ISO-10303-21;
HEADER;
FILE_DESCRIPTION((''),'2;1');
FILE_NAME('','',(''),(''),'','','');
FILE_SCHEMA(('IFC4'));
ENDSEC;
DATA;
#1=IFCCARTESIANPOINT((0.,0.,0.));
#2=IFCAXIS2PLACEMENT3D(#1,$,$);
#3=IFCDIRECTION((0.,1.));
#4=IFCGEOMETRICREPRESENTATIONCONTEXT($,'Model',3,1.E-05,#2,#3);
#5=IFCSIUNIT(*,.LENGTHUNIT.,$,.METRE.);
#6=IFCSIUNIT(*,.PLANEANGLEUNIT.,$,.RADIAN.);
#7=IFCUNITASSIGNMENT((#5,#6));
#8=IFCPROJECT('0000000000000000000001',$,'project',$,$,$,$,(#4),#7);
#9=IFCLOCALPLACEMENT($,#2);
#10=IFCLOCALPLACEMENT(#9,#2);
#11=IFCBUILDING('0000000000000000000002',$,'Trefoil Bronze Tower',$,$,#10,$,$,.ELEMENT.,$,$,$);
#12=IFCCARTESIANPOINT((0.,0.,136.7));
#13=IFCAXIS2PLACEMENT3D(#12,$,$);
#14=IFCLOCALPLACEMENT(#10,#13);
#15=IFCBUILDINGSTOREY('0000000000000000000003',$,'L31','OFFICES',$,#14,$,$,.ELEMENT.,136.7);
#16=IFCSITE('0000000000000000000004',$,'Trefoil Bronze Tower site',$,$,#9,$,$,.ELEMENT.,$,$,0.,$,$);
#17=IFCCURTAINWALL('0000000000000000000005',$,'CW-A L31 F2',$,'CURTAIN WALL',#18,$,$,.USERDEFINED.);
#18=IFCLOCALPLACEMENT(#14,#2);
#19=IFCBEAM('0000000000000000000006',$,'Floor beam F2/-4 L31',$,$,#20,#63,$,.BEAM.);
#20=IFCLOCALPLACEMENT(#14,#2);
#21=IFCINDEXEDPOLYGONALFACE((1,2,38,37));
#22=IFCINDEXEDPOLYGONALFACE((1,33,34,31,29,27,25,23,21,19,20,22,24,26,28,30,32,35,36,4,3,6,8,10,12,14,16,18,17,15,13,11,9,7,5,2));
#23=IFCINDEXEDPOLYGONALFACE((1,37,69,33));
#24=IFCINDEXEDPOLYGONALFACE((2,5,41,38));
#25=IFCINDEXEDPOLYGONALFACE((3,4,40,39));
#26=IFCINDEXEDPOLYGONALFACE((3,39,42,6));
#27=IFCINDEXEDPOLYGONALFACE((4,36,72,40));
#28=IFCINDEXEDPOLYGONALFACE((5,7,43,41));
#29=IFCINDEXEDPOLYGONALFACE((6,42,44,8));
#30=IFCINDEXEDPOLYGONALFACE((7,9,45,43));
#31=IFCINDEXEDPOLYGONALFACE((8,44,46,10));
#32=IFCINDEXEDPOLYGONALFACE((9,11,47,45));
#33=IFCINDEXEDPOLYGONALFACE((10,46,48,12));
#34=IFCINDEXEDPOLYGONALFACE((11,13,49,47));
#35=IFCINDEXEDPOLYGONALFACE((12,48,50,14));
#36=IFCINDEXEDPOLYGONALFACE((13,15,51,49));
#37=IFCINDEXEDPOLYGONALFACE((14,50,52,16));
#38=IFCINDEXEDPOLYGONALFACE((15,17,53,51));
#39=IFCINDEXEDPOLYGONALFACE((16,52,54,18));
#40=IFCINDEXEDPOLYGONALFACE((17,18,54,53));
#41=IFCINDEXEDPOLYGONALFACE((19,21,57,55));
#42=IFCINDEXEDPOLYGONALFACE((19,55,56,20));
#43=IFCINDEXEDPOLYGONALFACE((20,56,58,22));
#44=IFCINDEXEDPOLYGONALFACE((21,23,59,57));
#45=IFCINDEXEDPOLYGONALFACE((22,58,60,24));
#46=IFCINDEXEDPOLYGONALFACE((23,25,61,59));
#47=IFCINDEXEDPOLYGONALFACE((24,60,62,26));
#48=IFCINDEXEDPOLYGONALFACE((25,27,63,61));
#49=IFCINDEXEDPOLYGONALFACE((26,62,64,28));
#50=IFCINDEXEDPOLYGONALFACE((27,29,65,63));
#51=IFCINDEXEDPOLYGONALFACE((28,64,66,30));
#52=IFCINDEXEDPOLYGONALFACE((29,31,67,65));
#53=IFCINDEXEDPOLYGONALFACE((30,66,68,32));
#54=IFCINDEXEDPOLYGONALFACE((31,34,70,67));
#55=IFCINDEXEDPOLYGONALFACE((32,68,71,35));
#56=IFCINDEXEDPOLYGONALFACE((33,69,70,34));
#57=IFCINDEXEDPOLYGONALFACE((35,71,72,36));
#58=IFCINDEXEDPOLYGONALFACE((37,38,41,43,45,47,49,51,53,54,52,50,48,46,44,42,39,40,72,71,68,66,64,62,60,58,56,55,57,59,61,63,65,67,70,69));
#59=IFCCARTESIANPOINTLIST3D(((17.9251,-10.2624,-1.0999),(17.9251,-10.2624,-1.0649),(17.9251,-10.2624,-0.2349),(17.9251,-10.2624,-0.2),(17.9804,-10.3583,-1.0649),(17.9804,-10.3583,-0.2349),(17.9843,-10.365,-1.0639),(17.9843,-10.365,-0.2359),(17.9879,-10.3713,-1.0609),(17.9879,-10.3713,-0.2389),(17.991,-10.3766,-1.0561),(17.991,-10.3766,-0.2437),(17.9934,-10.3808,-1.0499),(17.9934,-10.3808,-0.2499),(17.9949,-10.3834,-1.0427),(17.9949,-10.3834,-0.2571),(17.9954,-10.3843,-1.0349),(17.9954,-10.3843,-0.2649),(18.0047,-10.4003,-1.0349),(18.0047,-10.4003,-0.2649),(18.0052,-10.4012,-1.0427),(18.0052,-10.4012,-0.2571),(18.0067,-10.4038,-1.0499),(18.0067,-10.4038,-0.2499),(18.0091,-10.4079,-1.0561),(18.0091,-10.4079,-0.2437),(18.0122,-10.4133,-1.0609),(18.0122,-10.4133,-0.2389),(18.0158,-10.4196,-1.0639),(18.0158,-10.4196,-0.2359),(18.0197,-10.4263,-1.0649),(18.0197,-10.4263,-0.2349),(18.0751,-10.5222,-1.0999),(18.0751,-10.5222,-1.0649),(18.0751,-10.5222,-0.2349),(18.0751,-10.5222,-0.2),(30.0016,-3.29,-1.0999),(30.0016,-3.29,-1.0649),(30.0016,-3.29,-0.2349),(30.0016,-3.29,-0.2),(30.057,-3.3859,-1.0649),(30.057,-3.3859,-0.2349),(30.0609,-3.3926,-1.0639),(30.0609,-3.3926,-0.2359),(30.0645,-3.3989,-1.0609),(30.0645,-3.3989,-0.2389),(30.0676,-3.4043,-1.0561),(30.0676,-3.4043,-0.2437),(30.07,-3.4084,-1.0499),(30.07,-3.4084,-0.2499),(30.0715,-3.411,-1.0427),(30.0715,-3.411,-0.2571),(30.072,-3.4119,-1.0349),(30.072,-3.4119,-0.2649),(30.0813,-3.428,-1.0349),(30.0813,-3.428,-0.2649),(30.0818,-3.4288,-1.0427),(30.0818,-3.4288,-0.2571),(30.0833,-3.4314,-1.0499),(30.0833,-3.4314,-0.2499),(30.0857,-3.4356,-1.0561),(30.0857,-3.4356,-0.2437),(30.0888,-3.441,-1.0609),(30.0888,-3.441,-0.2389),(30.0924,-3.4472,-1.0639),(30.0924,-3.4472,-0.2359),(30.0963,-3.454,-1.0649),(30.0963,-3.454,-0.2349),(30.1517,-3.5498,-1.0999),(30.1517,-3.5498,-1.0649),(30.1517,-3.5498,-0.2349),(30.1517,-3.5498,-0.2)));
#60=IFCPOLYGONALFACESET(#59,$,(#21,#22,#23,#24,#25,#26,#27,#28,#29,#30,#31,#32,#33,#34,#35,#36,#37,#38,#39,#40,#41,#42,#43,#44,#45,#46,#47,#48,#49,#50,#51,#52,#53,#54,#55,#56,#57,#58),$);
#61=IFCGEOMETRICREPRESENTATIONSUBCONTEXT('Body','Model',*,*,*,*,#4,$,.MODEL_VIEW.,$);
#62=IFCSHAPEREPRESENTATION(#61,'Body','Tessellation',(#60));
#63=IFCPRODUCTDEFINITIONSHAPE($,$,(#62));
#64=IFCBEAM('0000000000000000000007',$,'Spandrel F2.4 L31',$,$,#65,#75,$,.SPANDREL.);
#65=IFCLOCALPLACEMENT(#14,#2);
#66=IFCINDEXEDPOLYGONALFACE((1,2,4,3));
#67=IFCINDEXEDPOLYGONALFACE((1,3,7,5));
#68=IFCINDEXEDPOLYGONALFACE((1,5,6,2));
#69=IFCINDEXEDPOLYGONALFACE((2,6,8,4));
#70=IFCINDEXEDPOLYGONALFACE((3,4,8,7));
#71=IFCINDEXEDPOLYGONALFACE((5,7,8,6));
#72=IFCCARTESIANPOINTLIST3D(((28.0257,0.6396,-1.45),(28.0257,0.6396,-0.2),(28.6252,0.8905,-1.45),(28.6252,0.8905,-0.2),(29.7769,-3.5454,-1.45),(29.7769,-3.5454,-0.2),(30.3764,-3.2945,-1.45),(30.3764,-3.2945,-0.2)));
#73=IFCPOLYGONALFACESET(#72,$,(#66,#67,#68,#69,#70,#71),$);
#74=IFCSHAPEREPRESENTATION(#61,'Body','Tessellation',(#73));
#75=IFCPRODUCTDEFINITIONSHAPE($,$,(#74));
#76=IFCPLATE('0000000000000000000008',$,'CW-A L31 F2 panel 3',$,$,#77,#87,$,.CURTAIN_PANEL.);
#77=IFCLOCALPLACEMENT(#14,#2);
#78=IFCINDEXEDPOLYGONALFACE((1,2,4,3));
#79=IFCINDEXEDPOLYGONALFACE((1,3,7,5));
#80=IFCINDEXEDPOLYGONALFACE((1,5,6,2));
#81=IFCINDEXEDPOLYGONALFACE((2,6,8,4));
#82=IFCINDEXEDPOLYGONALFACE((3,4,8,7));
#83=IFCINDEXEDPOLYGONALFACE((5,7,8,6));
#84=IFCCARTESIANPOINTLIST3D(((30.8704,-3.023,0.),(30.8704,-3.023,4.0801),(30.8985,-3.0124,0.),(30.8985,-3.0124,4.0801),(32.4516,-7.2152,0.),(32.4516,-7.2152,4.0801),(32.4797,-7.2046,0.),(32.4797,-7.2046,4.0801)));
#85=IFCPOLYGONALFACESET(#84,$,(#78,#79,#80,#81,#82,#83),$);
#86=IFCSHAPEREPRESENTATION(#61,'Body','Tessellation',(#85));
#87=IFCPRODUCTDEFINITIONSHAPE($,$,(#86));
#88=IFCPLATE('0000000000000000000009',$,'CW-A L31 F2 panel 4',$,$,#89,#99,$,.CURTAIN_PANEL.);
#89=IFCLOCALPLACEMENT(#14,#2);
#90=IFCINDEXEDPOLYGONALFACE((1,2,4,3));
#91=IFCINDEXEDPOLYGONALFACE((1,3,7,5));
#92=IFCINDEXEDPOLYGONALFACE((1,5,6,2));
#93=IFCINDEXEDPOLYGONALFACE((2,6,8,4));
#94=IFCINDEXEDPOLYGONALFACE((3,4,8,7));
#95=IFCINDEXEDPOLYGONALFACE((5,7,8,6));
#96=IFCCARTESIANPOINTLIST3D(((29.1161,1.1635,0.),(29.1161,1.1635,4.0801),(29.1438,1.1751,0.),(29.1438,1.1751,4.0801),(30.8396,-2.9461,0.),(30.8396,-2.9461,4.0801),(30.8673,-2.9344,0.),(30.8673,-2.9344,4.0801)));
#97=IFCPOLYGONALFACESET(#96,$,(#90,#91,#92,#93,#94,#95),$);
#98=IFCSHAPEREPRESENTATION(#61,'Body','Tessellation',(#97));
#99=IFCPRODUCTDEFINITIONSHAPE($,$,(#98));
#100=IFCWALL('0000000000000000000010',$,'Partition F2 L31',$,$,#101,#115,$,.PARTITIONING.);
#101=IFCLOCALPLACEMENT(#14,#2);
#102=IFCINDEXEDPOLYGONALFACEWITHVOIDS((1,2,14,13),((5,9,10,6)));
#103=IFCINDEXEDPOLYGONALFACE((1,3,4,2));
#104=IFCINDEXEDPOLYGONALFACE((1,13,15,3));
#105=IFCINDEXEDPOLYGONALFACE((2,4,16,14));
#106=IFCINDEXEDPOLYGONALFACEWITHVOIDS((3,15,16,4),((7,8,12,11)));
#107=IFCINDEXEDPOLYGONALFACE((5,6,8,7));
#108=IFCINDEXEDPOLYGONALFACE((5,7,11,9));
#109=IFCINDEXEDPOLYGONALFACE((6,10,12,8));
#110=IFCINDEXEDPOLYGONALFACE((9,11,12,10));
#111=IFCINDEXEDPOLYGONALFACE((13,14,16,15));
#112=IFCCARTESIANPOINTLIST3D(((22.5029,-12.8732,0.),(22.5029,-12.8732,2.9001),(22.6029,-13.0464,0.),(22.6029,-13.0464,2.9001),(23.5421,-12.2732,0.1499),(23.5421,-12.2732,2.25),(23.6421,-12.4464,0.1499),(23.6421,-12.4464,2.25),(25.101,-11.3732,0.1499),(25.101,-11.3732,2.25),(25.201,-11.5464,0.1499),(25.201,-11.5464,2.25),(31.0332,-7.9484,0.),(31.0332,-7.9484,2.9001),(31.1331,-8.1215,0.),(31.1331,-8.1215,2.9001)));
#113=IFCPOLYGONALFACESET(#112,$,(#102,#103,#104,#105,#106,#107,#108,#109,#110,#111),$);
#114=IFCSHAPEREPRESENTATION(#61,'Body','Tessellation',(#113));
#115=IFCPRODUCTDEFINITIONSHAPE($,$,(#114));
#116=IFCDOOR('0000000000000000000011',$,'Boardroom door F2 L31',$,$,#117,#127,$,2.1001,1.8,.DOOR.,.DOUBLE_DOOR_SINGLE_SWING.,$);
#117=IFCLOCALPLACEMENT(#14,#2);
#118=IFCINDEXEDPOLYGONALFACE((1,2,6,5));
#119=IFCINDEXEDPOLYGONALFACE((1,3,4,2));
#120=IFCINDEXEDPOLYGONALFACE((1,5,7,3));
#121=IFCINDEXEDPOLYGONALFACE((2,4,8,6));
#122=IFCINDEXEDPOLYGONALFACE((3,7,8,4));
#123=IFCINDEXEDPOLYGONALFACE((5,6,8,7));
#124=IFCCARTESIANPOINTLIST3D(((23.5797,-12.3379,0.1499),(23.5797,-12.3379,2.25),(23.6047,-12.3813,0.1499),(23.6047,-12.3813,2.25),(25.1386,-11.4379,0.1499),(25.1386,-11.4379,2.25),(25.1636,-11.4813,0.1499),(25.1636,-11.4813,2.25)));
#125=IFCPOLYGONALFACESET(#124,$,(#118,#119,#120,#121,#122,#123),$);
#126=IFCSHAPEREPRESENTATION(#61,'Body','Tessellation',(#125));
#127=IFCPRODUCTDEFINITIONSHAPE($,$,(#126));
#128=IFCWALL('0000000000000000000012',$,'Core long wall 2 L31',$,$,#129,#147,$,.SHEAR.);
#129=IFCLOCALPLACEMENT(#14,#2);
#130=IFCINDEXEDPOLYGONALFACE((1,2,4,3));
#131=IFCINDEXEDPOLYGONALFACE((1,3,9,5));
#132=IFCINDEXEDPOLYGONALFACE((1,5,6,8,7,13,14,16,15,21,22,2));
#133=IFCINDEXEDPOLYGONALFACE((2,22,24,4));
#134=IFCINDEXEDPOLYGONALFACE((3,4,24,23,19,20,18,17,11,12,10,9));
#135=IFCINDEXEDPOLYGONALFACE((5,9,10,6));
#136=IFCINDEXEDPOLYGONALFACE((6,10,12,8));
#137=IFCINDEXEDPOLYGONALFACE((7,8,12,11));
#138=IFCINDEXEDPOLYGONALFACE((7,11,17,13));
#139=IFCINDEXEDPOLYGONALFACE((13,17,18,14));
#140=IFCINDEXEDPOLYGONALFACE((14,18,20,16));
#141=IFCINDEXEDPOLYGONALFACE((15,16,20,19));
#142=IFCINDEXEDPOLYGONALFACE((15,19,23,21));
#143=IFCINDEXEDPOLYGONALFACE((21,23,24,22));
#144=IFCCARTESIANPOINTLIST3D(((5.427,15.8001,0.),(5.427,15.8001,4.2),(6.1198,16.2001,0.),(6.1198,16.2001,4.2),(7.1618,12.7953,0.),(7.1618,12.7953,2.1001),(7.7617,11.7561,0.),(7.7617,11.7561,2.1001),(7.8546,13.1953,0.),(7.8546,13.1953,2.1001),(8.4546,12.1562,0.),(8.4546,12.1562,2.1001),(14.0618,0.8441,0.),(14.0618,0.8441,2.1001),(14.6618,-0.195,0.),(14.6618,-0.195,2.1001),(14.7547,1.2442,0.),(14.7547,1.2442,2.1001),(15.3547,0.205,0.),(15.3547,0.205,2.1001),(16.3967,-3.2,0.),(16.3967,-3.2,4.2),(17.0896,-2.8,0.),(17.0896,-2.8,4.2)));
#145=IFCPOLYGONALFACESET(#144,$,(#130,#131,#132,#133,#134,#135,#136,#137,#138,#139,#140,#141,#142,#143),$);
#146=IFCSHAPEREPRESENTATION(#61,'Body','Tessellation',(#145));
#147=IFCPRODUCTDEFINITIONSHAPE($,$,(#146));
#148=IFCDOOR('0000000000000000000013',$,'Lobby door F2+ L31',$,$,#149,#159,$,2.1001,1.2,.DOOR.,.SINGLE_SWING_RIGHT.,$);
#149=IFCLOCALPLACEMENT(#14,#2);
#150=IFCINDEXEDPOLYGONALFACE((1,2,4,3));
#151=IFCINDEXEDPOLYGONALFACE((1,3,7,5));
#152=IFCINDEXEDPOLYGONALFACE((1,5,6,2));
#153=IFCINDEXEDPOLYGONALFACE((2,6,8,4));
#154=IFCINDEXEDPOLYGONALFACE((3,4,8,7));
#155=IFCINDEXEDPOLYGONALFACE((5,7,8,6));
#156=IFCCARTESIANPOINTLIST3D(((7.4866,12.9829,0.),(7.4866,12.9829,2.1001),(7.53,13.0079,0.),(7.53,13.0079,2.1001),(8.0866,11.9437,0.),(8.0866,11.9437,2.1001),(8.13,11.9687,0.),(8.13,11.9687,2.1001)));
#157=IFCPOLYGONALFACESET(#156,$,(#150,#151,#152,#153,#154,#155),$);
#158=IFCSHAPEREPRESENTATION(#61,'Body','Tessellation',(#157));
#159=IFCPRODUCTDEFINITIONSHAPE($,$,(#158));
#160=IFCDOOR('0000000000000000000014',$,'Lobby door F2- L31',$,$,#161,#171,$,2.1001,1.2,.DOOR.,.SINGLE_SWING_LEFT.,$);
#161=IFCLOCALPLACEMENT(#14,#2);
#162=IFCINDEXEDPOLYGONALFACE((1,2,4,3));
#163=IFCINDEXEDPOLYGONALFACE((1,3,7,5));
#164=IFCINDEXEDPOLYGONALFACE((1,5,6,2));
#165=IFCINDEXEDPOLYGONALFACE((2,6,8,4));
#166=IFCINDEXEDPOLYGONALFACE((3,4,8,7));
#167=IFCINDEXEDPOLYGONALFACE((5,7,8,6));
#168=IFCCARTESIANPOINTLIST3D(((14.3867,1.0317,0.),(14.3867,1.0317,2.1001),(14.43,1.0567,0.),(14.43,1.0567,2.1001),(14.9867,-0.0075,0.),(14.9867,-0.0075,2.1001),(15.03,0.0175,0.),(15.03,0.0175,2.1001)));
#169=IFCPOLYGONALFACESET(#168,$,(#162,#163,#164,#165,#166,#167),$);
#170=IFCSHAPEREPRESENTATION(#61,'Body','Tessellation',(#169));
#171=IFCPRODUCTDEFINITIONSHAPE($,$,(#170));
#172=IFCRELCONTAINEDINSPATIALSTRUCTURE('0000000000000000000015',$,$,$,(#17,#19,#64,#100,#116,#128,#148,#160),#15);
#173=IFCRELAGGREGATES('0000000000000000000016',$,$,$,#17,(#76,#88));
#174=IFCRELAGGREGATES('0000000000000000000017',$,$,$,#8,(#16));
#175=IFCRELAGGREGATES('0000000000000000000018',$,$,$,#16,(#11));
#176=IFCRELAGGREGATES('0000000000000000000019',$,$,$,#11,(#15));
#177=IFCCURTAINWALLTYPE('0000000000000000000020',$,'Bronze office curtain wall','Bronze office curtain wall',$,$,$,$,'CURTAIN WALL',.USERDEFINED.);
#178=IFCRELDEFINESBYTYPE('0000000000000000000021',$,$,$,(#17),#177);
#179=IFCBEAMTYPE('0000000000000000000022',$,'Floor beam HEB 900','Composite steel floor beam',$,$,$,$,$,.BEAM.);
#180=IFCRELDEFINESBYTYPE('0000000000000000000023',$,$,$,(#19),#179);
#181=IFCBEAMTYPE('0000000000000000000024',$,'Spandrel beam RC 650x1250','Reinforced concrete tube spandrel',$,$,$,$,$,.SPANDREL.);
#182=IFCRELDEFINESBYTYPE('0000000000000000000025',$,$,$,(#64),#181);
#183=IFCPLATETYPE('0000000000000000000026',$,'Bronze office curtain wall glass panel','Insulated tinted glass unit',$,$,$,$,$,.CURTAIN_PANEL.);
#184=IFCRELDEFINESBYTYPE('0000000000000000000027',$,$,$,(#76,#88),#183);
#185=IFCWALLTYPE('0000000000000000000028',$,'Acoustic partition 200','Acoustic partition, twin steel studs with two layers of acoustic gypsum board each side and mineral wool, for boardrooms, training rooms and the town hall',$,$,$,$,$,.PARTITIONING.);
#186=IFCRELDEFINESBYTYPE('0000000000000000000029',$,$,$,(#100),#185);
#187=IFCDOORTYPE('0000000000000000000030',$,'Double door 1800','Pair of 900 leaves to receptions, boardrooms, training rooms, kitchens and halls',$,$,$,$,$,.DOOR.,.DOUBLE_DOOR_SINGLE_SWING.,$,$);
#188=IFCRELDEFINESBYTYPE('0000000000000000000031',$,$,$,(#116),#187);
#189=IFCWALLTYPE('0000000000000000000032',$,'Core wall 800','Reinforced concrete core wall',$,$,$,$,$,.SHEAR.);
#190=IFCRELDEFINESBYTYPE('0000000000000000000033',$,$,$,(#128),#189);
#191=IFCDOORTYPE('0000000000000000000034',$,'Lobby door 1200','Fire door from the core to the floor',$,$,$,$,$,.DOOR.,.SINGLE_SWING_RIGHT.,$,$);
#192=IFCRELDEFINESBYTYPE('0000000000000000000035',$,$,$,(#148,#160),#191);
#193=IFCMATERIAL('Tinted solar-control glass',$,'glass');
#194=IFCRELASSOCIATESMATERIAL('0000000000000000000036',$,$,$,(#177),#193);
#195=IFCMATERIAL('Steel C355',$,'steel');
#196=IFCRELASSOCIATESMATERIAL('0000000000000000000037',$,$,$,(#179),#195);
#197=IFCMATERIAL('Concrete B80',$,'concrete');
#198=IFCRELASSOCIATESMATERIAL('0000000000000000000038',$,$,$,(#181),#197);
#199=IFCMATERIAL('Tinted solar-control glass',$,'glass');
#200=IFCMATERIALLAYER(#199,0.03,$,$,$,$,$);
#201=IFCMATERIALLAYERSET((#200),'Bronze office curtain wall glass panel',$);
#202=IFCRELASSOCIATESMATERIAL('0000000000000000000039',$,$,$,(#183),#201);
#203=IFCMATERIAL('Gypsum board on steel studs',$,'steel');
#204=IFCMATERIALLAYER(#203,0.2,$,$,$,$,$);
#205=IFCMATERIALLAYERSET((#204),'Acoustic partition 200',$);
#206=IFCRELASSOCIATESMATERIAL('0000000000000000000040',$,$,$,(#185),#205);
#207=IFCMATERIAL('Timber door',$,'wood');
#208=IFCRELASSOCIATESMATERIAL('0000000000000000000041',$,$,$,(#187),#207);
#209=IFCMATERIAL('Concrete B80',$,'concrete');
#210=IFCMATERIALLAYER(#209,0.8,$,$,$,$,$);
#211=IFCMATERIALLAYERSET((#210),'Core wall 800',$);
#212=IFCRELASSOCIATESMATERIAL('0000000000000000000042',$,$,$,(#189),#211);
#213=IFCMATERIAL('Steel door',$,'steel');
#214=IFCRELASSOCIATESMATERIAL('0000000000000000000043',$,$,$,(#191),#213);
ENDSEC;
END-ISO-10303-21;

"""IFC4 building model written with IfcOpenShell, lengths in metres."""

from ifc_helpers import new_model, si_unit, direction, frame, frame_2d, origin, origin_2d, place, context, subcontext, project, spatial, rectangle, i_section, extrude, material, layer, layer_set, material_profile, profile_set, type_object, element, fill, aggregate, save


model = new_model("IFC4")

# Units and contexts
model_context = context("Model", 3, precision=1e-05, world=origin(), true_north=direction((0.0, 1.0)))
body_context = subcontext(model_context, "Body", "Model", "MODEL_VIEW")
ifc_project = project(units=[si_unit("LENGTHUNIT", "METRE"), si_unit("PLANEANGLEUNIT", "RADIAN")], contexts=[model_context])

# Site, building, storey
site_placement = place(None, origin())
site = spatial("IfcSite", under=ifc_project, at=site_placement, Name="Trefoil Bronze Tower site", CompositionType="ELEMENT", RefElevation=0.0)
building_placement = place(site_placement, origin())
building = spatial("IfcBuilding", under=site, at=building_placement, Name="Trefoil Bronze Tower", CompositionType="ELEMENT")
storey_placement = place(building_placement, frame((0.0, 0.0, 136.7)))
storey = spatial("IfcBuildingStorey", under=building, at=storey_placement, Name="L31", Description="OFFICES", CompositionType="ELEMENT", Elevation=136.7)

# Curtain wall
ifc_material_1 = material(Name="Tinted solar-control glass", Category="glass")
curtain_wall_type = type_object("IfcCurtainWallType", Name="Bronze office curtain wall", Description="Bronze office curtain wall", ElementType="CURTAIN WALL", PredefinedType="USERDEFINED", material=ifc_material_1)
curtain_wall_placement = place(storey_placement, origin())
curtain_wall = element("IfcCurtainWall", 1, at=curtain_wall_placement, inside=storey, type_object=curtain_wall_type, Name="CW-A L31 F2", ObjectType="CURTAIN WALL", PredefinedType="USERDEFINED")

# Beams
ifc_material_2 = material(Name="Steel C355", Category="steel")
ifc_material_profile_1 = material_profile(ifc_material_2, i_section(OverallWidth=0.3, OverallDepth=0.8999, WebThickness=0.0186, FlangeThickness=0.0349, FilletRadius=0.03, at=origin_2d()), Name="HEB 900")
ifc_profile_set_1 = profile_set([ifc_material_profile_1], Name="Steel C355")
beam_type_1 = type_object("IfcBeamType", Name="Floor beam HEB 900", Description="Composite steel floor beam", PredefinedType="BEAM", material=ifc_profile_set_1)
beam_1_placement = place(storey_placement, frame((30.0767, -3.4199, -0.6499), z_axis=(-0.866027, -0.499997, 0.0), x_axis=(0.499997, -0.866027, 0.0)))
element("IfcBeam", 2, at=beam_1_placement, inside=storey, type_object=beam_type_1, Name="Floor beam F2/-4 L31", PredefinedType="BEAM", context=body_context, shape_type="SweptSolid", body=[
    extrude(i_section(OverallWidth=0.3, OverallDepth=0.8999, WebThickness=0.0186, FlangeThickness=0.0349, FilletRadius=0.03, at=origin_2d()), origin(), (0.0, 0.0, 1.0), 13.9448),
])
ifc_material_3 = material(Name="Concrete B80", Category="concrete")
ifc_material_profile_2 = material_profile(ifc_material_3, rectangle(XDim=0.6499, YDim=1.25, at=origin_2d()), Name="RC 650x1250")
ifc_profile_set_2 = profile_set([ifc_material_profile_2], Name="Concrete B80")
beam_type_2 = type_object("IfcBeamType", Name="Spandrel beam RC 650x1250", Description="Reinforced concrete tube spandrel", PredefinedType="SPANDREL", material=ifc_profile_set_2)
beam_2_placement = place(storey_placement, frame((30.0767, -3.4199, -0.825), z_axis=(-0.386013, 0.922493, 0.0), x_axis=(-0.922493, -0.386013, 0.0)))
element("IfcBeam", 3, at=beam_2_placement, inside=storey, type_object=beam_type_2, Name="Spandrel F2.4 L31", PredefinedType="SPANDREL", context=body_context, shape_type="SweptSolid", body=[
    extrude(rectangle(XDim=0.6499, YDim=1.25, at=origin_2d()), origin(), (0.0, 0.0, 1.0), 4.5366),
])

# Plates
ifc_material_4 = material(Name="Tinted solar-control glass", Category="glass")
ifc_layer_1 = layer(ifc_material_4, 0.03)
ifc_layer_set_1 = layer_set([ifc_layer_1], Name="Bronze office curtain wall glass panel")
plate_type = type_object("IfcPlateType", Name="Bronze office curtain wall glass panel", Description="Insulated tinted glass unit", PredefinedType="CURTAIN_PANEL", material=ifc_layer_set_1)
plate_1_placement = place(storey_placement, frame((31.675, -5.1138, 0.0), z_axis=(0.0, 0.0, 1.0), x_axis=(-0.35292, 0.935654, 0.0)))
plate_1 = element("IfcPlate", 4, at=plate_1_placement, type_object=plate_type, Name="CW-A L31 F2 panel 3", PredefinedType="CURTAIN_PANEL", context=body_context, shape_type="SweptSolid", body=[
    extrude(rectangle(XDim=4.4805, YDim=0.03, at=origin_2d()), origin(), (0.0, 0.0, 1.0), 4.0801),
])
plate_2_placement = place(storey_placement, frame((29.9917, -0.8855, 0.0), z_axis=(0.0, 0.0, 1.0), x_axis=(-0.386759, 0.922181, 0.0)))
plate_2 = element("IfcPlate", 5, at=plate_2_placement, type_object=plate_type, Name="CW-A L31 F2 panel 4", PredefinedType="CURTAIN_PANEL", context=body_context, shape_type="SweptSolid", body=[
    extrude(rectangle(XDim=4.4563, YDim=0.03, at=origin_2d()), origin(), (0.0, 0.0, 1.0), 4.0801),
])
aggregate(curtain_wall, [plate_1, plate_2])

# Wall, opening, door
ifc_material_5 = material(Name="Gypsum board on steel studs", Category="steel")
ifc_layer_2 = layer(ifc_material_5, 0.2)
ifc_layer_set_2 = layer_set([ifc_layer_2], Name="Acoustic partition 200")
wall_type_1 = type_object("IfcWallType", Name="Acoustic partition 200", Description="Acoustic partition, twin steel studs with two layers of acoustic gypsum board each side and mineral wool, for boardrooms, training rooms and the town hall", PredefinedType="PARTITIONING", material=ifc_layer_set_2)
wall_1_placement = place(storey_placement, frame((22.553, -12.9597, 0.0), z_axis=(0.0, 0.0, 1.0), x_axis=(0.866032, 0.499989, 0.0)))
wall_1 = element("IfcWall", 6, at=wall_1_placement, inside=storey, type_object=wall_type_1, Name="Partition F2 L31", PredefinedType="PARTITIONING", context=body_context, shape_type="SweptSolid", body=[
    extrude(rectangle(XDim=9.8499, YDim=0.2, at=frame_2d((4.9248, 0.0))), origin(), (0.0, 0.0, 1.0), 2.9001),
])
opening_1_placement = place(wall_1_placement, frame((1.2, 0.0, 0.1499)))
opening_1 = element("IfcOpeningElement", 7, at=opening_1_placement, cuts=wall_1, PredefinedType="OPENING", context=body_context, shape_type="SweptSolid", body=[
    extrude(rectangle(XDim=1.8, YDim=2.1001, at=frame_2d((0.8999, 1.05))), frame((0.0, 0.1099, 0.0), z_axis=(0.0, -1.0, 0.0), x_axis=(1.0, 0.0, 0.0)), (0.0, 0.0, 1.0), 0.22),
])
ifc_material_6 = material(Name="Timber door", Category="wood")
door_type_1 = type_object("IfcDoorType", Name="Double door 1800", Description="Pair of 900 leaves to receptions, boardrooms, training rooms, kitchens and halls", OperationType="DOUBLE_DOOR_SINGLE_SWING", PredefinedType="DOOR", material=ifc_material_6)
door_1_placement = place(opening_1_placement, frame((1.8, 0.0, 0.0), z_axis=(0.0, 0.0, 1.0), x_axis=(-1.0, 0.0, 0.0)))
door_1 = element("IfcDoor", 8, at=door_1_placement, inside=storey, type_object=door_type_1, Name="Boardroom door F2 L31", OperationType="DOUBLE_DOOR_SINGLE_SWING", OverallHeight=2.1001, OverallWidth=1.8, PredefinedType="DOOR", context=body_context, shape_type="SweptSolid", body=[
    extrude(rectangle(XDim=1.8, YDim=2.1001, at=frame_2d((0.8999, 1.05))), frame((0.0, 0.0249, 0.0), z_axis=(0.0, -1.0, 0.0), x_axis=(1.0, 0.0, 0.0)), (0.0, 0.0, 1.0), 0.05),
])
fill(opening_1, door_1)

# Wall, openings, doors
ifc_material_7 = material(Name="Concrete B80", Category="concrete")
ifc_layer_3 = layer(ifc_material_7, 0.8)
ifc_layer_set_3 = layer_set([ifc_layer_3], Name="Core wall 800")
wall_type_2 = type_object("IfcWallType", Name="Core wall 800", Description="Reinforced concrete core wall", PredefinedType="SHEAR", material=ifc_layer_set_3)
wall_2_placement = place(storey_placement, frame((16.7432, -3.0, 0.0), z_axis=(0.0, 0.0, 1.0), x_axis=(-0.500002, 0.866024, 0.0)))
wall_2 = element("IfcWall", 9, at=wall_2_placement, inside=storey, type_object=wall_type_2, Name="Core long wall 2 L31", PredefinedType="SHEAR", context=body_context, shape_type="SweptSolid", body=[
    extrude(rectangle(XDim=21.9395, YDim=0.8, at=frame_2d((10.9697, 0.0))), origin(), (0.0, 0.0, 1.0), 4.2),
])
opening_2_placement = place(wall_2_placement, frame((17.2698, 0.0, 0.0)))
opening_2 = element("IfcOpeningElement", 10, at=opening_2_placement, cuts=wall_2, PredefinedType="OPENING", context=body_context, shape_type="SweptSolid", body=[
    extrude(rectangle(XDim=1.2, YDim=2.1001, at=frame_2d((0.6001, 1.05))), frame((0.0, 0.4099, 0.0), z_axis=(0.0, -1.0, 0.0), x_axis=(1.0, 0.0, 0.0)), (0.0, 0.0, 1.0), 0.8201),
])
opening_3_placement = place(wall_2_placement, frame((3.4697, 0.0, 0.0)))
opening_3 = element("IfcOpeningElement", 11, at=opening_3_placement, cuts=wall_2, PredefinedType="OPENING", context=body_context, shape_type="SweptSolid", body=[
    extrude(rectangle(XDim=1.2, YDim=2.1001, at=frame_2d((0.6001, 1.05))), frame((0.0, 0.4099, 0.0), z_axis=(0.0, -1.0, 0.0), x_axis=(1.0, 0.0, 0.0)), (0.0, 0.0, 1.0), 0.8201),
])
ifc_material_8 = material(Name="Steel door", Category="steel")
door_type_2 = type_object("IfcDoorType", Name="Lobby door 1200", Description="Fire door from the core to the floor", OperationType="SINGLE_SWING_RIGHT", PredefinedType="DOOR", material=ifc_material_8)
door_2_placement = place(opening_2_placement, origin())
door_2 = element("IfcDoor", 12, at=door_2_placement, inside=storey, type_object=door_type_2, Name="Lobby door F2+ L31", OperationType="SINGLE_SWING_RIGHT", OverallHeight=2.1001, OverallWidth=1.2, PredefinedType="DOOR", context=body_context, shape_type="SweptSolid", body=[
    extrude(rectangle(XDim=1.2, YDim=2.1001, at=frame_2d((0.6001, 1.05))), frame((0.0, 0.0249, 0.0), z_axis=(0.0, -1.0, 0.0), x_axis=(1.0, 0.0, 0.0)), (0.0, 0.0, 1.0), 0.05),
])
fill(opening_2, door_2)
door_3_placement = place(opening_3_placement, origin())
door_3 = element("IfcDoor", 13, at=door_3_placement, inside=storey, type_object=door_type_2, Name="Lobby door F2- L31", OperationType="SINGLE_SWING_LEFT", OverallHeight=2.1001, OverallWidth=1.2, PredefinedType="DOOR", context=body_context, shape_type="SweptSolid", body=[
    extrude(rectangle(XDim=1.2, YDim=2.1001, at=frame_2d((0.6001, 1.05))), frame((0.0, 0.0249, 0.0), z_axis=(0.0, -1.0, 0.0), x_axis=(1.0, 0.0, 0.0)), (0.0, 0.0, 1.0), 0.05),
])
fill(opening_3, door_3)

save(model, "model.ifc")
